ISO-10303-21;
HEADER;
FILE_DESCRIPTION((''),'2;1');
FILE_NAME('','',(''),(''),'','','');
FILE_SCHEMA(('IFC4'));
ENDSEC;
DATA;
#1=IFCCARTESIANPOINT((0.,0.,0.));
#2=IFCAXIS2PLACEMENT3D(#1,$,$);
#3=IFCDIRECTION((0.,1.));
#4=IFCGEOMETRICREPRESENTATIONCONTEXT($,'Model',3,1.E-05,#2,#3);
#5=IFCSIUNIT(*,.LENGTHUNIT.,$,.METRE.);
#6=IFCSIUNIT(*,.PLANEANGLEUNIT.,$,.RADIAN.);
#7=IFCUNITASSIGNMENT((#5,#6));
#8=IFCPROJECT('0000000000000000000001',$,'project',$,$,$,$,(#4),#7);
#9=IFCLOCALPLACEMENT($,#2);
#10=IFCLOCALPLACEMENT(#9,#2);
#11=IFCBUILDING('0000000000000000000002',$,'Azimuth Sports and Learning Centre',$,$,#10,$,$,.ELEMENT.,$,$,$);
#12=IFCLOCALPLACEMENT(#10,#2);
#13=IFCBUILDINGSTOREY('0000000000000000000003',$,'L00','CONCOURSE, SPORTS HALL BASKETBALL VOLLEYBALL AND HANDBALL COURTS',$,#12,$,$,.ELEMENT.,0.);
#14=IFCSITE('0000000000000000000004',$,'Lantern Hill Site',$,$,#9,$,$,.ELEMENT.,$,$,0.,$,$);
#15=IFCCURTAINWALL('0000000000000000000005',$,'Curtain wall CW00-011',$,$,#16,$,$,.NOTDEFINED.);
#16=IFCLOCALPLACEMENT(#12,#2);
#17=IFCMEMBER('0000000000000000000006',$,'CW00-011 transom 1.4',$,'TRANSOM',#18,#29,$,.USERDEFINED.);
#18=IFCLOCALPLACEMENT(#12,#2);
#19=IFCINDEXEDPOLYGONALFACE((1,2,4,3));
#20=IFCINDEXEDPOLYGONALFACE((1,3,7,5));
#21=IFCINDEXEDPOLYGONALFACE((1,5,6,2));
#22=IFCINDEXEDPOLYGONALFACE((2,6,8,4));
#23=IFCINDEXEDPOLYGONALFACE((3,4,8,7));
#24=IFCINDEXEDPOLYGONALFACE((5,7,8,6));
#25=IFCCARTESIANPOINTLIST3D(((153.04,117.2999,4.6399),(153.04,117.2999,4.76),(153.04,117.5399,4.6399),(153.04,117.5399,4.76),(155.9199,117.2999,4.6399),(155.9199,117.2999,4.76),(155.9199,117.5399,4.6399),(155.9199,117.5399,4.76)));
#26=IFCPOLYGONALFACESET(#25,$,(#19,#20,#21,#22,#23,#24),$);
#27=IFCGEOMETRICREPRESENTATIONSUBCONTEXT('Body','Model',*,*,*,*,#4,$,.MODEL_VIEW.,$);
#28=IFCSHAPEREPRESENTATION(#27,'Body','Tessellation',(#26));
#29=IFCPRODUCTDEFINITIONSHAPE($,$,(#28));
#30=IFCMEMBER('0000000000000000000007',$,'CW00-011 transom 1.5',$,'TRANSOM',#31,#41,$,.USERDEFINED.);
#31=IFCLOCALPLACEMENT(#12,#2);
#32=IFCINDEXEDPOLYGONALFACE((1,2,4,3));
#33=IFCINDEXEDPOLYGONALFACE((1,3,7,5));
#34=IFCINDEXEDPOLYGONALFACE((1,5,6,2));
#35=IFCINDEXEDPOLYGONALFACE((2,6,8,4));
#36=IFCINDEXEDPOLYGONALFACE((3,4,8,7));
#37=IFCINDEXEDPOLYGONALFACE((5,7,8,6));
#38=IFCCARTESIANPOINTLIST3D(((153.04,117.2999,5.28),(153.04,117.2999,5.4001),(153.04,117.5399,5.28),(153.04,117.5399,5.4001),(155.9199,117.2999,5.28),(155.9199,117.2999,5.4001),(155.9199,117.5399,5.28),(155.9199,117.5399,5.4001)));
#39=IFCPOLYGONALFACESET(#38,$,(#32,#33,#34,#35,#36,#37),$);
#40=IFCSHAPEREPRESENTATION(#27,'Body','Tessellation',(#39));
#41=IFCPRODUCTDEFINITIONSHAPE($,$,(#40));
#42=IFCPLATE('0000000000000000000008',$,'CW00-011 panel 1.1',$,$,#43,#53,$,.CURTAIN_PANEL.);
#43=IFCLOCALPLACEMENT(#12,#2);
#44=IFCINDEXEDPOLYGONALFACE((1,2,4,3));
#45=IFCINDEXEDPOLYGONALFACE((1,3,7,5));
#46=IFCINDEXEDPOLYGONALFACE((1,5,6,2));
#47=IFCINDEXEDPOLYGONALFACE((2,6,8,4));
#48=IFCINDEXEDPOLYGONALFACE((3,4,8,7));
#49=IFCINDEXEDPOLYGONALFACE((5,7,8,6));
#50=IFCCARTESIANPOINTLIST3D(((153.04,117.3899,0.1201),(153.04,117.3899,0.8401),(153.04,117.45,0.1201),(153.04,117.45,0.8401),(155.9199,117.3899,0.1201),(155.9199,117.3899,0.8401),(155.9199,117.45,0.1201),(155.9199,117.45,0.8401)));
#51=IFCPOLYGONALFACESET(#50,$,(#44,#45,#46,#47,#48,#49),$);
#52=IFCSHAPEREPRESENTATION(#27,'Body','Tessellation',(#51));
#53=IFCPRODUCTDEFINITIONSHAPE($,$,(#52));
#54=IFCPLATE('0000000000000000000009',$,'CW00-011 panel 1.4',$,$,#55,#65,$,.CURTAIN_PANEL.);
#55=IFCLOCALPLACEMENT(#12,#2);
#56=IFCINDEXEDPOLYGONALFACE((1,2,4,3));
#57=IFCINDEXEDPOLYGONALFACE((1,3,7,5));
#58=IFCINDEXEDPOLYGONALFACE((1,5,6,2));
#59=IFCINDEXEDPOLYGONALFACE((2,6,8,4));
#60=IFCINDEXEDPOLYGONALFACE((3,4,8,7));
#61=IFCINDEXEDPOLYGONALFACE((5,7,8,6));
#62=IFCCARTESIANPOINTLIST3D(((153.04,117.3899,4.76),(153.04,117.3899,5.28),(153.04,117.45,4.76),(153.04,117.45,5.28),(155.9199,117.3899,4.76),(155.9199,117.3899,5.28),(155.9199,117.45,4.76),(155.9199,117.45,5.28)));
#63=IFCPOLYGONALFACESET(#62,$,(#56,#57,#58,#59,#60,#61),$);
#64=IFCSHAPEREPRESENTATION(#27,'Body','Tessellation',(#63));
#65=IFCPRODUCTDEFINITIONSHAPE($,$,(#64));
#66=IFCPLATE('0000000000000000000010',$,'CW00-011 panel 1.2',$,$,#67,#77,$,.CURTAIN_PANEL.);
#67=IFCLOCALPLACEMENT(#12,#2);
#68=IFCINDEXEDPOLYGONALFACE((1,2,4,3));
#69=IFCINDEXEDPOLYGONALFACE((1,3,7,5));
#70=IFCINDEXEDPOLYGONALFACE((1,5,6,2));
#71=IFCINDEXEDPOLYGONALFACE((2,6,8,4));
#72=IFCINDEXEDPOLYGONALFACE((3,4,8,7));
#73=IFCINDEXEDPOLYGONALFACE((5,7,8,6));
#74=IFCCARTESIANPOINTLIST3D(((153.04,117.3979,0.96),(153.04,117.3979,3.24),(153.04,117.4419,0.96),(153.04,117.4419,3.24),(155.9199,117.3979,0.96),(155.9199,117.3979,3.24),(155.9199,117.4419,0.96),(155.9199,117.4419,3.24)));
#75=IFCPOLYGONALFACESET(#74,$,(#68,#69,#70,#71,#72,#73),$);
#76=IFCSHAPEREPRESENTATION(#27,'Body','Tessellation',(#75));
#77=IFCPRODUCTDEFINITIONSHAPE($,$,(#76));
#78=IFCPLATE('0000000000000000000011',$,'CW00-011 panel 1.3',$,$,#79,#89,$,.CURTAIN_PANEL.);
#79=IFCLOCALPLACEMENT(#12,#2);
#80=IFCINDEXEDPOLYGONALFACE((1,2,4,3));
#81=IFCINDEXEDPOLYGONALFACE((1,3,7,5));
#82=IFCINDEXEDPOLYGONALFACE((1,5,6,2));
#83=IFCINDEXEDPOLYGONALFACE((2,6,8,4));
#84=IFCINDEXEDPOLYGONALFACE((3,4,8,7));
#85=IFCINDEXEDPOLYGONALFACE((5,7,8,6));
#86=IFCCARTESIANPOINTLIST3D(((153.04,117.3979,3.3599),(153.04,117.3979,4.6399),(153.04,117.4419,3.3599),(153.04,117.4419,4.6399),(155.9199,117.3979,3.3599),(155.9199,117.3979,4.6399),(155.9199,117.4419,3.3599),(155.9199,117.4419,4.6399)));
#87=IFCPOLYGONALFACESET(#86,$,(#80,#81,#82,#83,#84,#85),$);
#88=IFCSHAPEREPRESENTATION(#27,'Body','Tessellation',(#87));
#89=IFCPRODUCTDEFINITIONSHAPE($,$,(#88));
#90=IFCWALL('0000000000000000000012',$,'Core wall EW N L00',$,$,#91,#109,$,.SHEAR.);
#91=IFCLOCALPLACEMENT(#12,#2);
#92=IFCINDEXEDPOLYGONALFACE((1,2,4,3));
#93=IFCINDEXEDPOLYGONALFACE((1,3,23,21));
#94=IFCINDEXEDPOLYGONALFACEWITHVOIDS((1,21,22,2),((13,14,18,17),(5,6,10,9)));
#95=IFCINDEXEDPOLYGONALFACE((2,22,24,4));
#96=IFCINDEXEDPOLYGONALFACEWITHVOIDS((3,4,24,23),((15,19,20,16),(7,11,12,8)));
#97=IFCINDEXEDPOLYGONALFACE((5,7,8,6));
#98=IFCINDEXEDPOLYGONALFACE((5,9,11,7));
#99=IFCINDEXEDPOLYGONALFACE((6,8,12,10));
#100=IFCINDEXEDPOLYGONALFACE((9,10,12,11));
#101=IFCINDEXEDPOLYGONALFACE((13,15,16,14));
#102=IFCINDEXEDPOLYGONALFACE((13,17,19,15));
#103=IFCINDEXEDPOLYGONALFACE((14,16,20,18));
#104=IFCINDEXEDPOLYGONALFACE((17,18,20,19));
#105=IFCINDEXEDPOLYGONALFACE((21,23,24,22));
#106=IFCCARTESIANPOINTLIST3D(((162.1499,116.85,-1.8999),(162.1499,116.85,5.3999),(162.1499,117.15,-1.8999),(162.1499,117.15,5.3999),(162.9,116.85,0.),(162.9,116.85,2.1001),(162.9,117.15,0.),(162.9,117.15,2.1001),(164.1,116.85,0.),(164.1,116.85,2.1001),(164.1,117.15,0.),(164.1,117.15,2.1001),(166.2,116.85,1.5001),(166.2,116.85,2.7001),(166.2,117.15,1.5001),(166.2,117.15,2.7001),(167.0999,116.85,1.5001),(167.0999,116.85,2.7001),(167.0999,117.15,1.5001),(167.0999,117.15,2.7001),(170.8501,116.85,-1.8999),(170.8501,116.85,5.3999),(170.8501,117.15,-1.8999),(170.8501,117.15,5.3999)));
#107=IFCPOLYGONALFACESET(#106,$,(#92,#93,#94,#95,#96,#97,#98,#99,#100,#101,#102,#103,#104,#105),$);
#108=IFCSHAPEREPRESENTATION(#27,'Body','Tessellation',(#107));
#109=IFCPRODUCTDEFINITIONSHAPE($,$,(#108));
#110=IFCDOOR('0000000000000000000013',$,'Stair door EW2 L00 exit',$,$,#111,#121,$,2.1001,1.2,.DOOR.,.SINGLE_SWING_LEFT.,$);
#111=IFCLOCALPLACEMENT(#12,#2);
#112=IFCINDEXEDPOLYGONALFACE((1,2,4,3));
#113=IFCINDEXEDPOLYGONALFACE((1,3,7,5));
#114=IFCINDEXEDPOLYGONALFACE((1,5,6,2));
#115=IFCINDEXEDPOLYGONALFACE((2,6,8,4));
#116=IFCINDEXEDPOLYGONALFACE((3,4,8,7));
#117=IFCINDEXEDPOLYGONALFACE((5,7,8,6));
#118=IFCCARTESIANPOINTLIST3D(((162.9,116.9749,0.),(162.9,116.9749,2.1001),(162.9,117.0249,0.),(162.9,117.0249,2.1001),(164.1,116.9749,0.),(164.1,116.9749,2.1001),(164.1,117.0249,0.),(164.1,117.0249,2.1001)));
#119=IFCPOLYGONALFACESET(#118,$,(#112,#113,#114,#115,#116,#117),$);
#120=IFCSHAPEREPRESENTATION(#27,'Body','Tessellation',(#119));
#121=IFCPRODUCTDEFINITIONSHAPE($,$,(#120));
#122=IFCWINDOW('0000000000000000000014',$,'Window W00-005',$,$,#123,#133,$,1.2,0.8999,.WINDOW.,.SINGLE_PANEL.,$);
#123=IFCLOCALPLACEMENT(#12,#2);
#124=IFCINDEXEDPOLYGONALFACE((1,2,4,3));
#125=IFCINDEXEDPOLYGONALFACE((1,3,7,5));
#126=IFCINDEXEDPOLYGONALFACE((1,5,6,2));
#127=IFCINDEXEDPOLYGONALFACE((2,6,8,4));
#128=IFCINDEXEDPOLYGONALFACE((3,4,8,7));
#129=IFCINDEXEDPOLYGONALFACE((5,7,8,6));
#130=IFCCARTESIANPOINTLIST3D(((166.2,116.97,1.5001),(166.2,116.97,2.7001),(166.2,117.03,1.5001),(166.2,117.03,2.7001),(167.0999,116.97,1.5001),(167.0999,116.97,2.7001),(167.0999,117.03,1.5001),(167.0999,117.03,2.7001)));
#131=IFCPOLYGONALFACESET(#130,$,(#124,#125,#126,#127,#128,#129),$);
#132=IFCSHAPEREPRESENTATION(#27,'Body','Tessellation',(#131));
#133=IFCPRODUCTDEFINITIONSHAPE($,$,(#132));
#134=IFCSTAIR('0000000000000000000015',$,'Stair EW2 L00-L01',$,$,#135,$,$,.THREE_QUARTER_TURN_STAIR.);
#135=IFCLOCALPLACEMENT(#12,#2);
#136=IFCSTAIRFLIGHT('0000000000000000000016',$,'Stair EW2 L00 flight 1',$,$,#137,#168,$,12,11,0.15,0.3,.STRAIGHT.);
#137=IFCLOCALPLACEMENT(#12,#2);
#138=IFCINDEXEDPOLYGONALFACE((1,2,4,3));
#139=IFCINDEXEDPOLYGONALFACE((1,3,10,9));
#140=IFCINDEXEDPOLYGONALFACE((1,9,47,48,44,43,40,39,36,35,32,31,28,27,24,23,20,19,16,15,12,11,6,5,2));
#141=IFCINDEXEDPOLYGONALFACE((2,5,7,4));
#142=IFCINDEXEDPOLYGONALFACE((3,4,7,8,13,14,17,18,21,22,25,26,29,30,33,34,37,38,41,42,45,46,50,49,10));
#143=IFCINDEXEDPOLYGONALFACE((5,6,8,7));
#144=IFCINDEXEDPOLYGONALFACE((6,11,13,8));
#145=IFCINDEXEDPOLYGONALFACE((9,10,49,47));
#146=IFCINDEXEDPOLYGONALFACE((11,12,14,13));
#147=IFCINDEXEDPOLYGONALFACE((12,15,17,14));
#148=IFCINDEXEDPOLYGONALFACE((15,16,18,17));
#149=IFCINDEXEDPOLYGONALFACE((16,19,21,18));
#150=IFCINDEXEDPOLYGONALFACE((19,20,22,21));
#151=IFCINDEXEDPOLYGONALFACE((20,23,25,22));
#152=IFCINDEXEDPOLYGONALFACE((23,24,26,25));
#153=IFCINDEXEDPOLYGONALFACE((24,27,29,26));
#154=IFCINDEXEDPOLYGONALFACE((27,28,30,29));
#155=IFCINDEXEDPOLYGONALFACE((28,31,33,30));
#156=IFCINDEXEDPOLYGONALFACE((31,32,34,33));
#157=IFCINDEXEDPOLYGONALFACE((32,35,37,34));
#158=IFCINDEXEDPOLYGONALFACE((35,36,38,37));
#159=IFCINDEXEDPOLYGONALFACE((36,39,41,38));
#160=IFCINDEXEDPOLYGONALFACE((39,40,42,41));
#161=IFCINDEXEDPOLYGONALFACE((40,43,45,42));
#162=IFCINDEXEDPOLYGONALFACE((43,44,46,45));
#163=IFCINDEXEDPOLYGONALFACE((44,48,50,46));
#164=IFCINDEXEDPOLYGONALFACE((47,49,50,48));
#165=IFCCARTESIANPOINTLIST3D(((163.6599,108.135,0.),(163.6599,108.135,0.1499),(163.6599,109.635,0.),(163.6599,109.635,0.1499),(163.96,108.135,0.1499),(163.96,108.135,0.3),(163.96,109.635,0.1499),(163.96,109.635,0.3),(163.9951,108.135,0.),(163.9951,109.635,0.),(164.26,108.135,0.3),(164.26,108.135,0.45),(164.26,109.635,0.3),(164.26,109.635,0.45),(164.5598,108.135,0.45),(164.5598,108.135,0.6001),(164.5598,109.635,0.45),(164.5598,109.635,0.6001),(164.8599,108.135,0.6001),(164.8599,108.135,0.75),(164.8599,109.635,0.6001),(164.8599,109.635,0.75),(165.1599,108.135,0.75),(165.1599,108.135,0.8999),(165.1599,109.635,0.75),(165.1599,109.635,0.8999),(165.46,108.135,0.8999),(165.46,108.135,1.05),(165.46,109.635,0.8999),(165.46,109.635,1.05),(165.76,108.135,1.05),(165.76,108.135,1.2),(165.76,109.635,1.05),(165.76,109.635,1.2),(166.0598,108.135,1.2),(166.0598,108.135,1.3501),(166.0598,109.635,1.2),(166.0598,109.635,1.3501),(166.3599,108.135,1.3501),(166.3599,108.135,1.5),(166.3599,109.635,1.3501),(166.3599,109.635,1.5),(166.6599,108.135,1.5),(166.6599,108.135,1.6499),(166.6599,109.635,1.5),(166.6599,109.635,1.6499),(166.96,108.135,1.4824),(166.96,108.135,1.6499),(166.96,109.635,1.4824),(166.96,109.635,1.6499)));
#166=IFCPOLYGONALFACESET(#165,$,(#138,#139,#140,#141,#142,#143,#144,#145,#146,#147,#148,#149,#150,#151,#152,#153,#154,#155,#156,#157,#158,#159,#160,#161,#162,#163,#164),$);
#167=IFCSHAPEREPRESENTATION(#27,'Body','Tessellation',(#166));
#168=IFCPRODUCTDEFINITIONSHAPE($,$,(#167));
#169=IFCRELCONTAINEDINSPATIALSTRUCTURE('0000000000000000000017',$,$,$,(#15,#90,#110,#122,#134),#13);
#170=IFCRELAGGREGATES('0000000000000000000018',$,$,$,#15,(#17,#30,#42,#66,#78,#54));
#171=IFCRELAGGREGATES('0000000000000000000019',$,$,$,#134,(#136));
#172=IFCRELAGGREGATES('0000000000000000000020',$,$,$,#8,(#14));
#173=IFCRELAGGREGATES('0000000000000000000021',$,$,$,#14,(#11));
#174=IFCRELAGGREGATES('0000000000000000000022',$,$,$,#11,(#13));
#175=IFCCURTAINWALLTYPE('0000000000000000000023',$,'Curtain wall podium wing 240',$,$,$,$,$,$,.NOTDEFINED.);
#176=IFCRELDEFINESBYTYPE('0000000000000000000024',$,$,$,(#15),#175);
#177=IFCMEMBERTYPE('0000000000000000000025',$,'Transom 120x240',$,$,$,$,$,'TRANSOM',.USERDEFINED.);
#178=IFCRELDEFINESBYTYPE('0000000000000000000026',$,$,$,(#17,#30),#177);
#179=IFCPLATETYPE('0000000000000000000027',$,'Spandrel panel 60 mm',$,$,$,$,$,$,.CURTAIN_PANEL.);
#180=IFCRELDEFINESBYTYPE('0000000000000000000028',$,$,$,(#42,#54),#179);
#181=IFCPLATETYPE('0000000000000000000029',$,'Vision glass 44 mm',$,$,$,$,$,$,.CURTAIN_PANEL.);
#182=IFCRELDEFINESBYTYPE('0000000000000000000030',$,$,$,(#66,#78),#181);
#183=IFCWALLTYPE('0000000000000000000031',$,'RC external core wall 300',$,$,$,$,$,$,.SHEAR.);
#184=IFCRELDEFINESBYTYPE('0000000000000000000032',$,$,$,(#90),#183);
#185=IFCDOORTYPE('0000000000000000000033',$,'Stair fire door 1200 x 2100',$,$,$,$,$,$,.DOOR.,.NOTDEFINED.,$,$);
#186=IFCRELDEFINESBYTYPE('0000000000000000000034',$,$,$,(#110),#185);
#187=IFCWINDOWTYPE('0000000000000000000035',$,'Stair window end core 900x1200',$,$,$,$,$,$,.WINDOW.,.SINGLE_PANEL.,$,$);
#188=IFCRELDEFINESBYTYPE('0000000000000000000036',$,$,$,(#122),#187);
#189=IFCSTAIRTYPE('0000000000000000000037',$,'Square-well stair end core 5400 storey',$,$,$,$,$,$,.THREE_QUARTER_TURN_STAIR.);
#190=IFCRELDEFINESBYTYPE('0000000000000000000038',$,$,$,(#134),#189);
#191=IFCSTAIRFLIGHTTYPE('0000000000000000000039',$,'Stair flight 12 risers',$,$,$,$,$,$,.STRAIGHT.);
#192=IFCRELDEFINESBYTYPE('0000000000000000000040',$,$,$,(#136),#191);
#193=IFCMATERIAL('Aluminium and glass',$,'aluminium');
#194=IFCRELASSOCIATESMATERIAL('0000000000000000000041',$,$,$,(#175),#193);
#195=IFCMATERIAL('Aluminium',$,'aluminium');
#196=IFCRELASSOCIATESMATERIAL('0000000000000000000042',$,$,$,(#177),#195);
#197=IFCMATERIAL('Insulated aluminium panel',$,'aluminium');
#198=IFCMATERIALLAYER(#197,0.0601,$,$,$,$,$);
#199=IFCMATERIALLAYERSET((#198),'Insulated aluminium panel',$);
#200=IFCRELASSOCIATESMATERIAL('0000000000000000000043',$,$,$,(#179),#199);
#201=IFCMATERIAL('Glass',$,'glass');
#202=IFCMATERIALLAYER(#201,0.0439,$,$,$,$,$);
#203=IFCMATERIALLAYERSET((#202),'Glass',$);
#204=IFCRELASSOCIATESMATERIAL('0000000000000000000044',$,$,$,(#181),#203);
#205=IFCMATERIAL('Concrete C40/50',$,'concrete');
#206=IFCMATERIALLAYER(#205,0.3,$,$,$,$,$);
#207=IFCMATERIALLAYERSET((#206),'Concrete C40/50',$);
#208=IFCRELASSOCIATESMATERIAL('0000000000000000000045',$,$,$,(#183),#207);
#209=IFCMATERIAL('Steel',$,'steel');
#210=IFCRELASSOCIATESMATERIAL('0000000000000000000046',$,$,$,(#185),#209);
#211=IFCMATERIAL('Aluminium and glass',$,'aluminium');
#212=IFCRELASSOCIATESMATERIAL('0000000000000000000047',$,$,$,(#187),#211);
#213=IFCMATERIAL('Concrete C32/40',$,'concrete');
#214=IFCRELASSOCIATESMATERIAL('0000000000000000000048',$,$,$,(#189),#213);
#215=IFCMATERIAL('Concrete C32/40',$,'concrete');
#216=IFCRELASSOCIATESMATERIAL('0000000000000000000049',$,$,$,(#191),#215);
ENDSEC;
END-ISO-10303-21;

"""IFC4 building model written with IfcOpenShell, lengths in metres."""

from ifc_helpers import new_model, si_unit, direction, frame, frame_2d, origin, origin_2d, place, context, subcontext, project, spatial, polyline, rectangle, outline, extrude, material, layer, layer_set, material_profile, profile_set, type_object, element, fill, aggregate, save


model = new_model("IFC4")

# Units and contexts
model_context = context("Model", 3, precision=1e-05, world=origin(), true_north=direction((0.0, 1.0)))
body_context = subcontext(model_context, "Body", "Model", "MODEL_VIEW")
ifc_project = project(units=[si_unit("LENGTHUNIT", "METRE"), si_unit("PLANEANGLEUNIT", "RADIAN")], contexts=[model_context])

# Site, building, storey
site_placement = place(None, origin())
site = spatial("IfcSite", under=ifc_project, at=site_placement, Name="Lantern Hill Site", CompositionType="ELEMENT", RefElevation=0.0)
building_placement = place(site_placement, origin())
building = spatial("IfcBuilding", under=site, at=building_placement, Name="Azimuth Sports and Learning Centre", CompositionType="ELEMENT")
storey_placement = place(building_placement, origin())
storey = spatial("IfcBuildingStorey", under=building, at=storey_placement, Name="L00", Description="CONCOURSE, SPORTS HALL BASKETBALL VOLLEYBALL AND HANDBALL COURTS", CompositionType="ELEMENT", Elevation=0.0)

# Curtain wall, members, plates
ifc_material_1 = material(Name="Aluminium and glass", Category="aluminium")
curtain_wall_type = type_object("IfcCurtainWallType", Name="Curtain wall podium wing 240", PredefinedType="NOTDEFINED", material=ifc_material_1)
curtain_wall_placement = place(storey_placement, origin())
curtain_wall = element("IfcCurtainWall", 1, at=curtain_wall_placement, inside=storey, type_object=curtain_wall_type, Name="Curtain wall CW00-011", PredefinedType="NOTDEFINED")
ifc_material_2 = material(Name="Aluminium", Category="aluminium")
ifc_material_profile_1 = material_profile(ifc_material_2, rectangle(XDim=0.24, YDim=0.1201, at=origin_2d()), Name="Transom 120x240")
ifc_profile_set_1 = profile_set([ifc_material_profile_1], Name="Aluminium")
member_type_1 = type_object("IfcMemberType", Name="Transom 120x240", ElementType="TRANSOM", PredefinedType="USERDEFINED", material=ifc_profile_set_1)
member_1_placement = place(storey_placement, frame((155.9199, 117.4199, 4.7), z_axis=(-1.0, 0.0, 0.0), x_axis=(0.0, -1.0, 0.0)))
member_1 = element("IfcMember", 2, at=member_1_placement, type_object=member_type_1, Name="CW00-011 transom 1.4", ObjectType="TRANSOM", PredefinedType="USERDEFINED", context=body_context, shape_type="SweptSolid", body=[
    extrude(rectangle(XDim=0.24, YDim=0.1201, at=origin_2d()), origin(), (0.0, 0.0, 1.0), 2.8799),
])
member_2_placement = place(storey_placement, frame((155.9199, 117.4199, 5.3401), z_axis=(-1.0, 0.0, 0.0), x_axis=(0.0, -1.0, 0.0)))
member_2 = element("IfcMember", 3, at=member_2_placement, type_object=member_type_1, Name="CW00-011 transom 1.5", ObjectType="TRANSOM", PredefinedType="USERDEFINED", context=body_context, shape_type="SweptSolid", body=[
    extrude(rectangle(XDim=0.24, YDim=0.1201, at=origin_2d()), origin(), (0.0, 0.0, 1.0), 2.8799),
])
ifc_material_3 = material(Name="Insulated aluminium panel", Category="aluminium")
ifc_layer_1 = layer(ifc_material_3, 0.0601)
ifc_layer_set_1 = layer_set([ifc_layer_1], Name="Insulated aluminium panel")
plate_type_1 = type_object("IfcPlateType", Name="Spandrel panel 60 mm", PredefinedType="CURTAIN_PANEL", material=ifc_layer_set_1)
plate_1_placement = place(storey_placement, frame((154.48, 117.4199, 0.1201), z_axis=(0.0, 0.0, 1.0), x_axis=(-1.0, 0.0, 0.0)))
plate_1 = element("IfcPlate", 4, at=plate_1_placement, type_object=plate_type_1, Name="CW00-011 panel 1.1", PredefinedType="CURTAIN_PANEL", context=body_context, shape_type="SweptSolid", body=[
    extrude(rectangle(XDim=2.8799, YDim=0.0601, at=origin_2d()), origin(), (0.0, 0.0, 1.0), 0.72),
])
plate_2_placement = place(storey_placement, frame((154.48, 117.4199, 4.76), z_axis=(0.0, 0.0, 1.0), x_axis=(-1.0, 0.0, 0.0)))
plate_2 = element("IfcPlate", 5, at=plate_2_placement, type_object=plate_type_1, Name="CW00-011 panel 1.4", PredefinedType="CURTAIN_PANEL", context=body_context, shape_type="SweptSolid", body=[
    extrude(rectangle(XDim=2.8799, YDim=0.0601, at=origin_2d()), origin(), (0.0, 0.0, 1.0), 0.52),
])
ifc_material_4 = material(Name="Glass", Category="glass")
ifc_layer_2 = layer(ifc_material_4, 0.0439)
ifc_layer_set_2 = layer_set([ifc_layer_2], Name="Glass")
plate_type_2 = type_object("IfcPlateType", Name="Vision glass 44 mm", PredefinedType="CURTAIN_PANEL", material=ifc_layer_set_2)
plate_3_placement = place(storey_placement, frame((154.48, 117.4199, 0.96), z_axis=(0.0, 0.0, 1.0), x_axis=(-1.0, 0.0, 0.0)))
plate_3 = element("IfcPlate", 6, at=plate_3_placement, type_object=plate_type_2, Name="CW00-011 panel 1.2", PredefinedType="CURTAIN_PANEL", context=body_context, shape_type="SweptSolid", body=[
    extrude(rectangle(XDim=2.8799, YDim=0.0439, at=origin_2d()), origin(), (0.0, 0.0, 1.0), 2.28),
])
plate_4_placement = place(storey_placement, frame((154.48, 117.4199, 3.3599), z_axis=(0.0, 0.0, 1.0), x_axis=(-1.0, 0.0, 0.0)))
plate_4 = element("IfcPlate", 7, at=plate_4_placement, type_object=plate_type_2, Name="CW00-011 panel 1.3", PredefinedType="CURTAIN_PANEL", context=body_context, shape_type="SweptSolid", body=[
    extrude(rectangle(XDim=2.8799, YDim=0.0439, at=origin_2d()), origin(), (0.0, 0.0, 1.0), 1.28),
])
aggregate(curtain_wall, [member_1, member_2, plate_1, plate_3, plate_4, plate_2])

# Wall, openings, door, window
ifc_material_5 = material(Name="Concrete C40/50", Category="concrete")
ifc_layer_3 = layer(ifc_material_5, 0.3)
ifc_layer_set_3 = layer_set([ifc_layer_3], Name="Concrete C40/50")
wall_type_1 = type_object("IfcWallType", Name="RC external core wall 300", PredefinedType="SHEAR", material=ifc_layer_set_3)
wall_1_placement = place(storey_placement, frame((162.1499, 117.0, -1.8999), z_axis=(0.0, 0.0, 1.0), x_axis=(1.0, 0.0, 0.0)))
wall_1 = element("IfcWall", 8, at=wall_1_placement, inside=storey, type_object=wall_type_1, Name="Core wall EW N L00", PredefinedType="SHEAR", context=body_context, shape_type="SweptSolid", body=[
    extrude(rectangle(XDim=8.7002, YDim=0.3, at=frame_2d((4.3501, 0.0))), origin(), (0.0, 0.0, 1.0), 7.2998),
])
opening_1_placement = place(wall_1_placement, frame((4.05, 0.0, 3.3999)))
opening_1 = element("IfcOpeningElement", 9, at=opening_1_placement, cuts=wall_1, PredefinedType="OPENING", context=body_context, shape_type="SweptSolid", body=[
    extrude(rectangle(XDim=0.8999, YDim=1.2, at=frame_2d((0.45, 0.6001))), frame((0.0, 0.1611, 0.0), z_axis=(0.0, -1.0, 0.0), x_axis=(1.0, 0.0, 0.0)), (0.0, 0.0, 1.0), 0.322),
])
opening_2_placement = place(wall_1_placement, frame((0.75, 0.0, 1.8999)))
opening_2 = element("IfcOpeningElement", 10, at=opening_2_placement, cuts=wall_1, PredefinedType="OPENING", context=body_context, shape_type="SweptSolid", body=[
    extrude(rectangle(XDim=1.2, YDim=2.1001, at=frame_2d((0.6001, 1.05))), frame((0.0, 0.1611, 0.0), z_axis=(0.0, -1.0, 0.0), x_axis=(1.0, 0.0, 0.0)), (0.0, 0.0, 1.0), 0.322),
])
ifc_material_6 = material(Name="Steel", Category="steel")
door_type_1 = type_object("IfcDoorType", Name="Stair fire door 1200 x 2100", OperationType="NOTDEFINED", PredefinedType="DOOR", material=ifc_material_6)
door_1_placement = place(opening_2_placement, origin())
door_1 = element("IfcDoor", 11, at=door_1_placement, inside=storey, type_object=door_type_1, Name="Stair door EW2 L00 exit", OperationType="SINGLE_SWING_LEFT", OverallHeight=2.1001, OverallWidth=1.2, PredefinedType="DOOR", context=body_context, shape_type="SweptSolid", body=[
    extrude(rectangle(XDim=1.2, YDim=2.1001, at=frame_2d((0.6001, 1.05))), frame((0.0, 0.0249, 0.0), z_axis=(0.0, -1.0, 0.0), x_axis=(1.0, 0.0, 0.0)), (0.0, 0.0, 1.0), 0.05),
])
fill(opening_2, door_1)
ifc_material_7 = material(Name="Aluminium and glass", Category="aluminium")
window_type = type_object("IfcWindowType", Name="Stair window end core 900x1200", PartitioningType="SINGLE_PANEL", PredefinedType="WINDOW", material=ifc_material_7)
window_placement = place(opening_1_placement, origin())
window = element("IfcWindow", 12, at=window_placement, inside=storey, type_object=window_type, Name="Window W00-005", OverallHeight=1.2, OverallWidth=0.8999, PartitioningType="SINGLE_PANEL", PredefinedType="WINDOW", context=body_context, shape_type="SweptSolid", body=[
    extrude(rectangle(XDim=0.8999, YDim=1.2, at=frame_2d((0.45, 0.6001))), frame((0.0, 0.03, 0.0), z_axis=(0.0, -1.0, 0.0), x_axis=(1.0, 0.0, 0.0)), (0.0, 0.0, 1.0), 0.0601),
])
fill(opening_1, window)

# Stair, stair flight
ifc_material_8 = material(Name="Concrete C32/40", Category="concrete")
stair_type = type_object("IfcStairType", Name="Square-well stair end core 5400 storey", PredefinedType="THREE_QUARTER_TURN_STAIR", material=ifc_material_8)
stair_placement = place(storey_placement, origin())
stair = element("IfcStair", 13, at=stair_placement, inside=storey, type_object=stair_type, Name="Stair EW2 L00-L01", PredefinedType="THREE_QUARTER_TURN_STAIR")
ifc_material_9 = material(Name="Concrete C32/40", Category="concrete")
stair_flight_type = type_object("IfcStairFlightType", Name="Stair flight 12 risers", PredefinedType="STRAIGHT", material=ifc_material_9)
stair_flight_placement = place(storey_placement, frame((163.6599, 108.885, 0.0), z_axis=(0.0, 0.0, 1.0), x_axis=(1.0, 0.0, 0.0)))
stair_flight = element("IfcStairFlight", 14, at=stair_flight_placement, type_object=stair_flight_type, Name="Stair EW2 L00 flight 1", NumberOfRisers=12, NumberOfTreads=11, PredefinedType="STRAIGHT", RiserHeight=0.15, TreadLength=0.3, context=body_context, shape_type="SweptSolid", body=[
    extrude(outline(polyline([(0.0, 0.0), (0.0, 0.1499), (0.3, 0.1499), (0.3, 0.3), (0.6001, 0.3), (0.6001, 0.45), (0.8999, 0.45), (0.8999, 0.6001), (1.2, 0.6001), (1.2, 0.75), (1.5, 0.75), (1.5, 0.8999), (1.8, 0.8999), (1.8, 1.05), (2.1001, 1.05), (2.1001, 1.2), (2.3999, 1.2), (2.3999, 1.3501), (2.7, 1.3501), (2.7, 1.5), (3.0, 1.5), (3.0, 1.6499), (3.3, 1.6499), (3.3, 1.8), (3.3, 1.4824), (0.3352, 0.0), (0.0, 0.0)])), frame((0.0, 0.75, 0.0), z_axis=(0.0, -1.0, 0.0), x_axis=(1.0, 0.0, 0.0)), (0.0, 0.0, 1.0), 1.5),
])
aggregate(stair, [stair_flight])

save(model, "model.ifc")
